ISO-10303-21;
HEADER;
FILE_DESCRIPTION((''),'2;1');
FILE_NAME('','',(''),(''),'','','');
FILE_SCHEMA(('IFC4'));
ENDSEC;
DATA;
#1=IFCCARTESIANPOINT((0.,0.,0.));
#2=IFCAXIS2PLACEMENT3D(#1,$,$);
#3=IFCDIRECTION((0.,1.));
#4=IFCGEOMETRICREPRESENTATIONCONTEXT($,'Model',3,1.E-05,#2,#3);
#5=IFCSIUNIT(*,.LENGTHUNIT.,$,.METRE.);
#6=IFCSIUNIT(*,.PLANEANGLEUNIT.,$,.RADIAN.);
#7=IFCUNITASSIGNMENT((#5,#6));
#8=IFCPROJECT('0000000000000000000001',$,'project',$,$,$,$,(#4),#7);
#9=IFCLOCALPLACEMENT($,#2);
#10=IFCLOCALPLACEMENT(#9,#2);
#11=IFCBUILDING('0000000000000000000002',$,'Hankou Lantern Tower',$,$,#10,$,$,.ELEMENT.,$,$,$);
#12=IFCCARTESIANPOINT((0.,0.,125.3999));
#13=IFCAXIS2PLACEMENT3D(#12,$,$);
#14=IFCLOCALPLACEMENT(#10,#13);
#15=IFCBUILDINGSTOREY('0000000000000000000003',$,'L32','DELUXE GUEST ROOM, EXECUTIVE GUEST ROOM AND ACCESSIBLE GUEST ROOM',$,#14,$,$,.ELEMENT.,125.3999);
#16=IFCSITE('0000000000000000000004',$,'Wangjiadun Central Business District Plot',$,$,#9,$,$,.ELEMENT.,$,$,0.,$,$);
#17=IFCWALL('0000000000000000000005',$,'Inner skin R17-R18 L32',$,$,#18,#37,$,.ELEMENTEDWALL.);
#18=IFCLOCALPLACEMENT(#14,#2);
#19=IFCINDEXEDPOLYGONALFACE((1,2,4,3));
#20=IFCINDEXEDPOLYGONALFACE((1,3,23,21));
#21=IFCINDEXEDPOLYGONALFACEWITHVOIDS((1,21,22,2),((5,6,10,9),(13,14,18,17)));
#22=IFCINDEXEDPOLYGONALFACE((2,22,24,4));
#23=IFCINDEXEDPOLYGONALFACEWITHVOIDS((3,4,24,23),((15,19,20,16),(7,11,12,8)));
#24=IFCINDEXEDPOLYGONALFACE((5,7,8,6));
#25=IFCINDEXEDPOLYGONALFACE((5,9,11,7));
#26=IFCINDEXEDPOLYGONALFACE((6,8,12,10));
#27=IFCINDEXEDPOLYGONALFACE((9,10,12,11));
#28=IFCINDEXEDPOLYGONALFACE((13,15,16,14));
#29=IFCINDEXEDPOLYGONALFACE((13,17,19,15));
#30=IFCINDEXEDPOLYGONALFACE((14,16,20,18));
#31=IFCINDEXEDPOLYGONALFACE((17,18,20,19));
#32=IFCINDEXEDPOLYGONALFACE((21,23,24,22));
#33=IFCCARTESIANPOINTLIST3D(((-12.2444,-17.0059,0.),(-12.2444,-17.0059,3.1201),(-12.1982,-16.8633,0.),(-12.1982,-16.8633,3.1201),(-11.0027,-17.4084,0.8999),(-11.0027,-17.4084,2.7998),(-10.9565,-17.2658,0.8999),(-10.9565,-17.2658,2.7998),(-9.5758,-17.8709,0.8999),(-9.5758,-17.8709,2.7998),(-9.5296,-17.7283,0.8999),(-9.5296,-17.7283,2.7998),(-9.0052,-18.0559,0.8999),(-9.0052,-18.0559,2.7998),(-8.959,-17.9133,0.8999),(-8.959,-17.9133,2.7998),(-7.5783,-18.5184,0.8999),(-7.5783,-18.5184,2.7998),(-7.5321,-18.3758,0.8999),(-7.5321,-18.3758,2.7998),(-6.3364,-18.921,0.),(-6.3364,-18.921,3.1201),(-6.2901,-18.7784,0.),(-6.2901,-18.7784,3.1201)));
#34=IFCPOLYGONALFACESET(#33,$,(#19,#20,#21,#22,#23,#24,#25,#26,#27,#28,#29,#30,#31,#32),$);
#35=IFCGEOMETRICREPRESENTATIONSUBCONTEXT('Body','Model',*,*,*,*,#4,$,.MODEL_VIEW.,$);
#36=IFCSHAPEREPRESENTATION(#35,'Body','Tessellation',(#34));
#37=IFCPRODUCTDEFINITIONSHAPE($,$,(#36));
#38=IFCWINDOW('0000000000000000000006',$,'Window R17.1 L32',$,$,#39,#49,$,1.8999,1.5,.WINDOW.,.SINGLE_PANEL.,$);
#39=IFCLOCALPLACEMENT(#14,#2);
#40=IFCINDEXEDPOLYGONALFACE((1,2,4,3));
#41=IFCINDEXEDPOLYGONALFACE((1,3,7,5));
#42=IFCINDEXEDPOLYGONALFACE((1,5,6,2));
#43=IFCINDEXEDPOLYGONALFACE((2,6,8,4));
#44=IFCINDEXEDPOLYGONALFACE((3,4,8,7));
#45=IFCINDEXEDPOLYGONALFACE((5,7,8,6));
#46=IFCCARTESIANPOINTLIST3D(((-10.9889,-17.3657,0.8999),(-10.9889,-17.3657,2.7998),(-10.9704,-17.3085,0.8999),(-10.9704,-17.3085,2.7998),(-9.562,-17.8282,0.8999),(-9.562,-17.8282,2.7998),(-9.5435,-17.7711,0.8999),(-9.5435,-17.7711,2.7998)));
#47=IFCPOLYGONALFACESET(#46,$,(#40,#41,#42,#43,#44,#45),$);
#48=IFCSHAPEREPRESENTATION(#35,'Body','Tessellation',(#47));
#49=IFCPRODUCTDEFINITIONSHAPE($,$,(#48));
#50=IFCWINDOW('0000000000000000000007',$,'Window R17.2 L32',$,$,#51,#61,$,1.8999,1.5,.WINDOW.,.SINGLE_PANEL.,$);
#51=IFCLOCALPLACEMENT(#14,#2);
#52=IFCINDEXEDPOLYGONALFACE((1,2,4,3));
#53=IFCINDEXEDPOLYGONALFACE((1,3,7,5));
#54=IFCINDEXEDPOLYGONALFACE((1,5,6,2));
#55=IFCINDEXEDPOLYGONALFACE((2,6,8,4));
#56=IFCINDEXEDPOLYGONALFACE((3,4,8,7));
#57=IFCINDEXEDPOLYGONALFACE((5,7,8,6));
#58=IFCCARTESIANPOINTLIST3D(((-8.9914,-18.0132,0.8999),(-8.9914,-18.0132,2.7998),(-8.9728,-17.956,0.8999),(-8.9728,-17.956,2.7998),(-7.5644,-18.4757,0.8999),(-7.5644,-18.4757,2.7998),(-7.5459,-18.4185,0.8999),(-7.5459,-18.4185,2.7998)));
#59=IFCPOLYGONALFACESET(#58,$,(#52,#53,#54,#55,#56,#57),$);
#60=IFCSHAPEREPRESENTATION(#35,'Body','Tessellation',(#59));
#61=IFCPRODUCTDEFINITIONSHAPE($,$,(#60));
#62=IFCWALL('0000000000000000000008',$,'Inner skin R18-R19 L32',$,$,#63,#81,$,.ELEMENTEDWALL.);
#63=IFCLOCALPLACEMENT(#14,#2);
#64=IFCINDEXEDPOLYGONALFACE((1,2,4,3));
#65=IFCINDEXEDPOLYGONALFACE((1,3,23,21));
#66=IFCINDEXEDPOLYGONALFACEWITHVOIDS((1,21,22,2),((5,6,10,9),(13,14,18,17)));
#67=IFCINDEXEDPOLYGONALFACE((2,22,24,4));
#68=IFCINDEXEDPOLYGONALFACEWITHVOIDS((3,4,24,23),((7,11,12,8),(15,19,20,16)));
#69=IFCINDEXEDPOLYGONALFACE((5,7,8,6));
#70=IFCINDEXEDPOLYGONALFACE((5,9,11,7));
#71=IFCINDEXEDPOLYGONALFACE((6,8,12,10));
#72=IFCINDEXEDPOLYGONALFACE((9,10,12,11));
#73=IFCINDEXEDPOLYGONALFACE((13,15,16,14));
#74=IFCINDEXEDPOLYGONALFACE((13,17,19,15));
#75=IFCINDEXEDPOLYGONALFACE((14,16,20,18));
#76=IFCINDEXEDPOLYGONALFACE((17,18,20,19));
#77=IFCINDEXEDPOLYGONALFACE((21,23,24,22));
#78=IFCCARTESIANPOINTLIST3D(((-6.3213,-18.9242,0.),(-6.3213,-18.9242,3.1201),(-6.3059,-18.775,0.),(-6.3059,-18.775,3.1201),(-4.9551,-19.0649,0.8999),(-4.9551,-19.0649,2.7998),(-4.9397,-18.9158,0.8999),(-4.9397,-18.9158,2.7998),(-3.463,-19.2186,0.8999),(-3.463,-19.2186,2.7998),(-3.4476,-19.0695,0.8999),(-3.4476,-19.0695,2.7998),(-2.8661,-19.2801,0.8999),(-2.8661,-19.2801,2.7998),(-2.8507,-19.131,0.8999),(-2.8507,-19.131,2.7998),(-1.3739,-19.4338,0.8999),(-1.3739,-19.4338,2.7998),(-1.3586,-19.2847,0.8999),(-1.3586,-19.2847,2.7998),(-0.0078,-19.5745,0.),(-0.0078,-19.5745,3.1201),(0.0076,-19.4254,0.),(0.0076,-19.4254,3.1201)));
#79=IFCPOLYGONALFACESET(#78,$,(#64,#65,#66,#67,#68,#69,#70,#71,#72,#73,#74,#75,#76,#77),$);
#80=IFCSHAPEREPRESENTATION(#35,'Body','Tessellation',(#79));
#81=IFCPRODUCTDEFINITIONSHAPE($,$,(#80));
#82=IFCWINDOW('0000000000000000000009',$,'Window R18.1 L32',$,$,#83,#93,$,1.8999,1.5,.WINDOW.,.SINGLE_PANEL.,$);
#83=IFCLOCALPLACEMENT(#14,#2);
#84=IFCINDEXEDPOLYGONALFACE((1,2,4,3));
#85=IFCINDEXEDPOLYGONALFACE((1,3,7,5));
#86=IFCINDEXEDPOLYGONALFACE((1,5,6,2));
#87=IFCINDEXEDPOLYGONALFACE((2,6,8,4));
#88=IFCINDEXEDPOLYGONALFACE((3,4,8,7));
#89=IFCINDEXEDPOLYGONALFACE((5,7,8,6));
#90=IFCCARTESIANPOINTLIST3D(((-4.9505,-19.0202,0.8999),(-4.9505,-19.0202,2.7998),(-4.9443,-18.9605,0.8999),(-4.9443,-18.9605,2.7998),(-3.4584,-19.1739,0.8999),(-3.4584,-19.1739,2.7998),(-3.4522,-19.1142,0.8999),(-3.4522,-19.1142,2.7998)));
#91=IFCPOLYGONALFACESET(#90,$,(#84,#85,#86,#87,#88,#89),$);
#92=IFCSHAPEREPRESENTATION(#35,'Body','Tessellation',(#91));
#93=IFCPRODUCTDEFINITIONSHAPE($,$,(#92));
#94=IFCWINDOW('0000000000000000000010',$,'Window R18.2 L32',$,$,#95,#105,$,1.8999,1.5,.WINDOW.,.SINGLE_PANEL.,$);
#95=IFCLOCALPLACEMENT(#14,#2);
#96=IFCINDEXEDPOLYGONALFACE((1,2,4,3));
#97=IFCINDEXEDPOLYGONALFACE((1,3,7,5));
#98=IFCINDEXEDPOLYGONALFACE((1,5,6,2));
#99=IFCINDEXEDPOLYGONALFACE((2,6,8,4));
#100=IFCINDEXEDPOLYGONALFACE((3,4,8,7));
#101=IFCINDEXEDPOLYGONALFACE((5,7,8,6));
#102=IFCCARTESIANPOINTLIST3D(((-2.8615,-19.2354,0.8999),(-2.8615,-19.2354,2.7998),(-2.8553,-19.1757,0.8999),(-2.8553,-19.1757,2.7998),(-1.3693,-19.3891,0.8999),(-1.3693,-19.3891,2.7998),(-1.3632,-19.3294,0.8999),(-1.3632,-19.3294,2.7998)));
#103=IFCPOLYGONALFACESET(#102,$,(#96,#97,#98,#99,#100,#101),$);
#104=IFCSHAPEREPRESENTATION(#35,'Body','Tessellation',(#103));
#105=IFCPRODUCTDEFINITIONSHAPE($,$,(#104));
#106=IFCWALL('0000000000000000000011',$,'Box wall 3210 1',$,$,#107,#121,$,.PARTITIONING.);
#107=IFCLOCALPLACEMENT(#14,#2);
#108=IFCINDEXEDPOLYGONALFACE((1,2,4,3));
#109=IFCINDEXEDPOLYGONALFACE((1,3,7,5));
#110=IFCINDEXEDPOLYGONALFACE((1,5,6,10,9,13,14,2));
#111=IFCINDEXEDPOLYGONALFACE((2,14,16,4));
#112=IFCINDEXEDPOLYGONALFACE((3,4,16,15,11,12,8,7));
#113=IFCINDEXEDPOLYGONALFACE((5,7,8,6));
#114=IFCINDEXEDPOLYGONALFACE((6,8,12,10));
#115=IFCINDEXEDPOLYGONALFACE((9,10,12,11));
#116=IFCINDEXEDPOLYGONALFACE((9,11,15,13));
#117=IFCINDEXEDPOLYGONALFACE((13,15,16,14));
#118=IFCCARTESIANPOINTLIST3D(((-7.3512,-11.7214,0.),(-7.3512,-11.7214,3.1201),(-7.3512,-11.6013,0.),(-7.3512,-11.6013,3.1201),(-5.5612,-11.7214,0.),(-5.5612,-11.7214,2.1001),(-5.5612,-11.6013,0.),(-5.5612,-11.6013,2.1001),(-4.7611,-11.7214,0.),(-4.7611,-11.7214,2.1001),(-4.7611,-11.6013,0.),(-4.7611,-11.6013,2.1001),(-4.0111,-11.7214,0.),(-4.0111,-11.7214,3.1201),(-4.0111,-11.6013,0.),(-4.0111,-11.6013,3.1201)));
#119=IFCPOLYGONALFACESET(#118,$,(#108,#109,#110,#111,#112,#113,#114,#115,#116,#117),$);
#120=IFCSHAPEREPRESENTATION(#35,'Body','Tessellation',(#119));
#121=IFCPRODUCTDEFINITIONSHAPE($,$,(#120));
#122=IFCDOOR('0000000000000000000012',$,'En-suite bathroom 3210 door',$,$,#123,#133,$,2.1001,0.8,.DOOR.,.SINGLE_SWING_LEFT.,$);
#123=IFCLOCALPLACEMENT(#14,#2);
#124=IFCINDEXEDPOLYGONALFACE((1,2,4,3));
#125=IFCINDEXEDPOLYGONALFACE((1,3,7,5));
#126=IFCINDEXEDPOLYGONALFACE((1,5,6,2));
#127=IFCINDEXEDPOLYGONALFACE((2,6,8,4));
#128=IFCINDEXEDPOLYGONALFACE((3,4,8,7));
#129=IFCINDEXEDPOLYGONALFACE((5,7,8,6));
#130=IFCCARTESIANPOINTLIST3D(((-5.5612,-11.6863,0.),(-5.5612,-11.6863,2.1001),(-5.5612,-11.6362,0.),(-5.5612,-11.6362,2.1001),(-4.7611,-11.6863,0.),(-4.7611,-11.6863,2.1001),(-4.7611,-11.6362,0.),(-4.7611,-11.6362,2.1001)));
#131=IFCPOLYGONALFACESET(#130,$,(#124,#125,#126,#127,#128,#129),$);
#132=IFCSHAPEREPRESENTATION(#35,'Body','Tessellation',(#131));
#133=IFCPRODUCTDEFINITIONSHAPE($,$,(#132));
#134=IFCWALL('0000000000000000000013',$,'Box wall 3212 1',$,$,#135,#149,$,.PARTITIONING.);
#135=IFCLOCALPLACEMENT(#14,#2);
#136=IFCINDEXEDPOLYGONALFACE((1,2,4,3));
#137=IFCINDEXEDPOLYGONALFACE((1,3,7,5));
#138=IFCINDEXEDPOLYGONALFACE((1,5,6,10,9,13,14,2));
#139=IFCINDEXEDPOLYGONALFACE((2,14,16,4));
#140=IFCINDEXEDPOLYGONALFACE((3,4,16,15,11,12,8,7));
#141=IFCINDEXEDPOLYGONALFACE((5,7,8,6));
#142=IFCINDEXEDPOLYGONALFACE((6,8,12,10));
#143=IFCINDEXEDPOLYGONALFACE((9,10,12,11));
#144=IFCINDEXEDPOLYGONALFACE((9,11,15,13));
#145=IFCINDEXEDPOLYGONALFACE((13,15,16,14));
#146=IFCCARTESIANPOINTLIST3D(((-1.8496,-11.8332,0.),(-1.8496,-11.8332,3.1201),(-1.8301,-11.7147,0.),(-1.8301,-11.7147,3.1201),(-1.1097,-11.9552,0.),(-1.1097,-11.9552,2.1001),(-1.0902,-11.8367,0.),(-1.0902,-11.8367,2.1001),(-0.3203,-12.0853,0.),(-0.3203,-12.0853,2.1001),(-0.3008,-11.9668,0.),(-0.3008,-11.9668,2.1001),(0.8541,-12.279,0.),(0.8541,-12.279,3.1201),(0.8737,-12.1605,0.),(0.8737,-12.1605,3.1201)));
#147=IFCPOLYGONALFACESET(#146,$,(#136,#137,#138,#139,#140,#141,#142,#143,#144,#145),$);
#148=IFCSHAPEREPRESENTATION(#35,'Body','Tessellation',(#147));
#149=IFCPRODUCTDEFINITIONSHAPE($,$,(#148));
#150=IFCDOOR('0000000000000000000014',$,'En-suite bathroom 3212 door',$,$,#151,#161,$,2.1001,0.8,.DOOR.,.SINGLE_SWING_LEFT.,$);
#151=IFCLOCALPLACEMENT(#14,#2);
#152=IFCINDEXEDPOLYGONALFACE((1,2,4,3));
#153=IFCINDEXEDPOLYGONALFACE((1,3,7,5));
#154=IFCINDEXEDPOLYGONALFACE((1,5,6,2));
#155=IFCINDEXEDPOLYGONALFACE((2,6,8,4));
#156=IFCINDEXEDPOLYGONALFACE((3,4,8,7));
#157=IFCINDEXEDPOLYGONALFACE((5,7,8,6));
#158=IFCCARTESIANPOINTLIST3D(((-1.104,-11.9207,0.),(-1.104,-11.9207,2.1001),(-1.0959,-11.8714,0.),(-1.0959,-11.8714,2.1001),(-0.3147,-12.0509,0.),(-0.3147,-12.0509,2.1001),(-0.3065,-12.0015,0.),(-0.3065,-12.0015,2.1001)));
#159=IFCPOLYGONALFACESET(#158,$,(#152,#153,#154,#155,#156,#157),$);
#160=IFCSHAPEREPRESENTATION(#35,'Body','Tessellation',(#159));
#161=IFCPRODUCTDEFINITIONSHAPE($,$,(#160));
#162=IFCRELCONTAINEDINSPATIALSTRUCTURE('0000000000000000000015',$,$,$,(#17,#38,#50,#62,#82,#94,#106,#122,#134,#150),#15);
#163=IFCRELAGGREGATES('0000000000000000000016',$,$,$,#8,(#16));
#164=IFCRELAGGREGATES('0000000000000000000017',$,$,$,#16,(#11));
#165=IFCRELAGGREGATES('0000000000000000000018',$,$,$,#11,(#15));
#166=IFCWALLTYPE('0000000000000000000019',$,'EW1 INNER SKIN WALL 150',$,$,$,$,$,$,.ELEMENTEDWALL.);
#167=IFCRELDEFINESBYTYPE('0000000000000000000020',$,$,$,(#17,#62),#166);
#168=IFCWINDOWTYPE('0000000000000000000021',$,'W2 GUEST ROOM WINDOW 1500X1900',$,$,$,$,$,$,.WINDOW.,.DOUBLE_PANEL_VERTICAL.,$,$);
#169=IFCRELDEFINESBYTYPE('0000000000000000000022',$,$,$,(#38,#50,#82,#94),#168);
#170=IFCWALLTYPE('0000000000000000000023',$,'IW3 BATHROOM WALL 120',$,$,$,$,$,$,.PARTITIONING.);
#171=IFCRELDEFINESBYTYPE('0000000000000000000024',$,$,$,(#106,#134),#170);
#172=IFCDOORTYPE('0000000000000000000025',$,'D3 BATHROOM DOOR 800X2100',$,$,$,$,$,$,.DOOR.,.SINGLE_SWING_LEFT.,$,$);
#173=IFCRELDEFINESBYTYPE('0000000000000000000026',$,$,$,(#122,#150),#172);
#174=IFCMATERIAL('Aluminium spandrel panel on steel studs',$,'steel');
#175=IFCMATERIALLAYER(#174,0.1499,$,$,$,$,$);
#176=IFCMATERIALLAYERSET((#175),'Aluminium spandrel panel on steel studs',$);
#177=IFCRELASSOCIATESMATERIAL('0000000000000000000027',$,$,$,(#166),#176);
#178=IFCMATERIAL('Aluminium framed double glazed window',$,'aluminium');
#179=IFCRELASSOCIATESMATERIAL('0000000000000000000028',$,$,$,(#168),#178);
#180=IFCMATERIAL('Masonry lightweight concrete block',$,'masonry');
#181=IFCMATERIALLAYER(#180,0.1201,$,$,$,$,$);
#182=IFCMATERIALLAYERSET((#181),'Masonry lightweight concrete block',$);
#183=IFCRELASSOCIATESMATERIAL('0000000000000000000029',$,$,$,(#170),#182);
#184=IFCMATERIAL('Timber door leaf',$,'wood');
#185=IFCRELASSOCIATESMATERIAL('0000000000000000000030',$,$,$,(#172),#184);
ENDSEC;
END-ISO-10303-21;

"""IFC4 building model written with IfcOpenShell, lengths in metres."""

from ifc_helpers import new_model, si_unit, direction, frame, frame_2d, origin, place, context, subcontext, project, spatial, rectangle, extrude, material, layer, layer_set, type_object, element, fill, save


model = new_model("IFC4")

# Units and contexts
model_context = context("Model", 3, precision=1e-05, world=origin(), true_north=direction((0.0, 1.0)))
body_context = subcontext(model_context, "Body", "Model", "MODEL_VIEW")
ifc_project = project(units=[si_unit("LENGTHUNIT", "METRE"), si_unit("PLANEANGLEUNIT", "RADIAN")], contexts=[model_context])

# Site, building, storey
site_placement = place(None, origin())
site = spatial("IfcSite", under=ifc_project, at=site_placement, Name="Wangjiadun Central Business District Plot", CompositionType="ELEMENT", RefElevation=0.0)
building_placement = place(site_placement, origin())
building = spatial("IfcBuilding", under=site, at=building_placement, Name="Hankou Lantern Tower", CompositionType="ELEMENT")
storey_placement = place(building_placement, frame((0.0, 0.0, 125.3999)))
storey = spatial("IfcBuildingStorey", under=building, at=storey_placement, Name="L32", Description="DELUXE GUEST ROOM, EXECUTIVE GUEST ROOM AND ACCESSIBLE GUEST ROOM", CompositionType="ELEMENT", Elevation=125.3999)

# Walls, openings, windows
ifc_material_1 = material(Name="Aluminium spandrel panel on steel studs", Category="steel")
ifc_layer_1 = layer(ifc_material_1, 0.1499)
ifc_layer_set_1 = layer_set([ifc_layer_1], Name="Aluminium spandrel panel on steel studs")
wall_type_1 = type_object("IfcWallType", Name="EW1 INNER SKIN WALL 150", PredefinedType="ELEMENTEDWALL", material=ifc_layer_set_1)
wall_1_placement = place(storey_placement, frame((-12.2214, -16.9346, 0.0), z_axis=(0.0, 0.0, 1.0), x_axis=(0.951273, -0.308351, 0.0)))
wall_1 = element("IfcWall", 1, at=wall_1_placement, inside=storey, type_object=wall_type_1, Name="Inner skin R17-R18 L32", PredefinedType="ELEMENTEDWALL", context=body_context, shape_type="SweptSolid", body=[
    extrude(rectangle(XDim=6.2107, YDim=0.1499, at=frame_2d((3.1055, 0.0))), origin(), (0.0, 0.0, 1.0), 3.1201),
])
opening_1_placement = place(wall_1_placement, frame((1.3054, 0.0, 0.8999)))
opening_1 = element("IfcOpeningElement", 2, at=opening_1_placement, cuts=wall_1, PredefinedType="OPENING", context=body_context, shape_type="SweptSolid", body=[
    extrude(rectangle(XDim=1.5, YDim=1.8999, at=frame_2d((0.75, 0.95))), frame((0.0, 0.085, 0.0), z_axis=(0.0, -1.0, 0.0), x_axis=(1.0, 0.0, 0.0)), (0.0, 0.0, 1.0), 0.1699),
])
opening_2_placement = place(wall_1_placement, frame((3.4053, 0.0, 0.8999)))
opening_2 = element("IfcOpeningElement", 3, at=opening_2_placement, cuts=wall_1, PredefinedType="OPENING", context=body_context, shape_type="SweptSolid", body=[
    extrude(rectangle(XDim=1.5, YDim=1.8999, at=frame_2d((0.75, 0.95))), frame((0.0, 0.085, 0.0), z_axis=(0.0, -1.0, 0.0), x_axis=(1.0, 0.0, 0.0)), (0.0, 0.0, 1.0), 0.1699),
])
ifc_material_2 = material(Name="Aluminium framed double glazed window", Category="aluminium")
window_type = type_object("IfcWindowType", Name="W2 GUEST ROOM WINDOW 1500X1900", PartitioningType="DOUBLE_PANEL_VERTICAL", PredefinedType="WINDOW", material=ifc_material_2)
window_1_placement = place(opening_1_placement, origin())
window_1 = element("IfcWindow", 4, at=window_1_placement, inside=storey, type_object=window_type, Name="Window R17.1 L32", OverallHeight=1.8999, OverallWidth=1.5, PartitioningType="SINGLE_PANEL", PredefinedType="WINDOW", context=body_context, shape_type="SweptSolid", body=[
    extrude(rectangle(XDim=1.5, YDim=1.8999, at=frame_2d((0.75, 0.95))), frame((0.0, 0.03, 0.0), z_axis=(0.0, -1.0, 0.0), x_axis=(1.0, 0.0, 0.0)), (0.0, 0.0, 1.0), 0.0601),
])
fill(opening_1, window_1)
window_2_placement = place(opening_2_placement, origin())
window_2 = element("IfcWindow", 5, at=window_2_placement, inside=storey, type_object=window_type, Name="Window R17.2 L32", OverallHeight=1.8999, OverallWidth=1.5, PartitioningType="SINGLE_PANEL", PredefinedType="WINDOW", context=body_context, shape_type="SweptSolid", body=[
    extrude(rectangle(XDim=1.5, YDim=1.8999, at=frame_2d((0.75, 0.95))), frame((0.0, 0.03, 0.0), z_axis=(0.0, -1.0, 0.0), x_axis=(1.0, 0.0, 0.0)), (0.0, 0.0, 1.0), 0.0601),
])
fill(opening_2, window_2)
wall_2_placement = place(storey_placement, frame((-6.3135, -18.8496, 0.0), z_axis=(0.0, 0.0, 1.0), x_axis=(0.994736, -0.102474, 0.0)))
wall_2 = element("IfcWall", 6, at=wall_2_placement, inside=storey, type_object=wall_type_1, Name="Inner skin R18-R19 L32", PredefinedType="ELEMENTEDWALL", context=body_context, shape_type="SweptSolid", body=[
    extrude(rectangle(XDim=6.3469, YDim=0.1499, at=frame_2d((3.1733, 0.0))), origin(), (0.0, 0.0, 1.0), 3.1201),
])
opening_3_placement = place(wall_2_placement, frame((1.3733, 0.0, 0.8999)))
opening_3 = element("IfcOpeningElement", 7, at=opening_3_placement, cuts=wall_2, PredefinedType="OPENING", context=body_context, shape_type="SweptSolid", body=[
    extrude(rectangle(XDim=1.5, YDim=1.8999, at=frame_2d((0.75, 0.95))), frame((0.0, 0.085, 0.0), z_axis=(0.0, -1.0, 0.0), x_axis=(1.0, 0.0, 0.0)), (0.0, 0.0, 1.0), 0.1699),
])
opening_4_placement = place(wall_2_placement, frame((3.4734, 0.0, 0.8999)))
opening_4 = element("IfcOpeningElement", 8, at=opening_4_placement, cuts=wall_2, PredefinedType="OPENING", context=body_context, shape_type="SweptSolid", body=[
    extrude(rectangle(XDim=1.5, YDim=1.8999, at=frame_2d((0.75, 0.95))), frame((0.0, 0.085, 0.0), z_axis=(0.0, -1.0, 0.0), x_axis=(1.0, 0.0, 0.0)), (0.0, 0.0, 1.0), 0.1699),
])
window_3_placement = place(opening_3_placement, origin())
window_3 = element("IfcWindow", 9, at=window_3_placement, inside=storey, type_object=window_type, Name="Window R18.1 L32", OverallHeight=1.8999, OverallWidth=1.5, PartitioningType="SINGLE_PANEL", PredefinedType="WINDOW", context=body_context, shape_type="SweptSolid", body=[
    extrude(rectangle(XDim=1.5, YDim=1.8999, at=frame_2d((0.75, 0.95))), frame((0.0, 0.03, 0.0), z_axis=(0.0, -1.0, 0.0), x_axis=(1.0, 0.0, 0.0)), (0.0, 0.0, 1.0), 0.0601),
])
fill(opening_3, window_3)
window_4_placement = place(opening_4_placement, origin())
window_4 = element("IfcWindow", 10, at=window_4_placement, inside=storey, type_object=window_type, Name="Window R18.2 L32", OverallHeight=1.8999, OverallWidth=1.5, PartitioningType="SINGLE_PANEL", PredefinedType="WINDOW", context=body_context, shape_type="SweptSolid", body=[
    extrude(rectangle(XDim=1.5, YDim=1.8999, at=frame_2d((0.75, 0.95))), frame((0.0, 0.03, 0.0), z_axis=(0.0, -1.0, 0.0), x_axis=(1.0, 0.0, 0.0)), (0.0, 0.0, 1.0), 0.0601),
])
fill(opening_4, window_4)

# Walls, openings, doors
ifc_material_3 = material(Name="Masonry lightweight concrete block", Category="masonry")
ifc_layer_2 = layer(ifc_material_3, 0.1201)
ifc_layer_set_2 = layer_set([ifc_layer_2], Name="Masonry lightweight concrete block")
wall_type_2 = type_object("IfcWallType", Name="IW3 BATHROOM WALL 120", PredefinedType="PARTITIONING", material=ifc_layer_set_2)
wall_3_placement = place(storey_placement, frame((-4.0112, -11.6614, 0.0), z_axis=(0.0, 0.0, 1.0), x_axis=(-1.0, 0.0, 0.0)))
wall_3 = element("IfcWall", 11, at=wall_3_placement, inside=storey, type_object=wall_type_2, Name="Box wall 3210 1", PredefinedType="PARTITIONING", context=body_context, shape_type="SweptSolid", body=[
    extrude(rectangle(XDim=3.3401, YDim=0.1201, at=frame_2d((1.6699, 0.0))), origin(), (0.0, 0.0, 1.0), 3.1201),
])
opening_5_placement = place(wall_3_placement, frame((0.75, 0.0, 0.0)))
opening_5 = element("IfcOpeningElement", 12, at=opening_5_placement, cuts=wall_3, PredefinedType="OPENING", context=body_context, shape_type="SweptSolid", body=[
    extrude(rectangle(XDim=0.8, YDim=2.1001, at=frame_2d((0.3999, 1.05))), frame((0.0, 0.0701, 0.0), z_axis=(0.0, -1.0, 0.0), x_axis=(1.0, 0.0, 0.0)), (0.0, 0.0, 1.0), 0.1401),
])
ifc_material_4 = material(Name="Timber door leaf", Category="wood")
door_type = type_object("IfcDoorType", Name="D3 BATHROOM DOOR 800X2100", OperationType="SINGLE_SWING_LEFT", PredefinedType="DOOR", material=ifc_material_4)
door_1_placement = place(opening_5_placement, origin())
door_1 = element("IfcDoor", 13, at=door_1_placement, inside=storey, type_object=door_type, Name="En-suite bathroom 3210 door", OperationType="SINGLE_SWING_LEFT", OverallHeight=2.1001, OverallWidth=0.8, PredefinedType="DOOR", context=body_context, shape_type="SweptSolid", body=[
    extrude(rectangle(XDim=0.8, YDim=2.1001, at=frame_2d((0.3999, 1.05))), frame((0.0, 0.0249, 0.0), z_axis=(0.0, -1.0, 0.0), x_axis=(1.0, 0.0, 0.0)), (0.0, 0.0, 1.0), 0.05),
])
fill(opening_5, door_1)
wall_4_placement = place(storey_placement, frame((-1.8398, -11.7739, 0.0), z_axis=(0.0, 0.0, 1.0), x_axis=(0.986677, -0.162694, 0.0)))
wall_4 = element("IfcWall", 14, at=wall_4_placement, inside=storey, type_object=wall_type_2, Name="Box wall 3212 1", PredefinedType="PARTITIONING", context=body_context, shape_type="SweptSolid", body=[
    extrude(rectangle(XDim=2.7402, YDim=0.1201, at=frame_2d((1.3701, 0.0))), origin(), (0.0, 0.0, 1.0), 3.1201),
])
opening_6_placement = place(wall_4_placement, frame((0.75, 0.0, 0.0)))
opening_6 = element("IfcOpeningElement", 15, at=opening_6_placement, cuts=wall_4, PredefinedType="OPENING", context=body_context, shape_type="SweptSolid", body=[
    extrude(rectangle(XDim=0.8, YDim=2.1001, at=frame_2d((0.3999, 1.05))), frame((0.0, 0.0701, 0.0), z_axis=(0.0, -1.0, 0.0), x_axis=(1.0, 0.0, 0.0)), (0.0, 0.0, 1.0), 0.1401),
])
door_2_placement = place(opening_6_placement, origin())
door_2 = element("IfcDoor", 16, at=door_2_placement, inside=storey, type_object=door_type, Name="En-suite bathroom 3212 door", OperationType="SINGLE_SWING_LEFT", OverallHeight=2.1001, OverallWidth=0.8, PredefinedType="DOOR", context=body_context, shape_type="SweptSolid", body=[
    extrude(rectangle(XDim=0.8, YDim=2.1001, at=frame_2d((0.3999, 1.05))), frame((0.0, 0.0249, 0.0), z_axis=(0.0, -1.0, 0.0), x_axis=(1.0, 0.0, 0.0)), (0.0, 0.0, 1.0), 0.05),
])
fill(opening_6, door_2)

save(model, "model.ifc")
